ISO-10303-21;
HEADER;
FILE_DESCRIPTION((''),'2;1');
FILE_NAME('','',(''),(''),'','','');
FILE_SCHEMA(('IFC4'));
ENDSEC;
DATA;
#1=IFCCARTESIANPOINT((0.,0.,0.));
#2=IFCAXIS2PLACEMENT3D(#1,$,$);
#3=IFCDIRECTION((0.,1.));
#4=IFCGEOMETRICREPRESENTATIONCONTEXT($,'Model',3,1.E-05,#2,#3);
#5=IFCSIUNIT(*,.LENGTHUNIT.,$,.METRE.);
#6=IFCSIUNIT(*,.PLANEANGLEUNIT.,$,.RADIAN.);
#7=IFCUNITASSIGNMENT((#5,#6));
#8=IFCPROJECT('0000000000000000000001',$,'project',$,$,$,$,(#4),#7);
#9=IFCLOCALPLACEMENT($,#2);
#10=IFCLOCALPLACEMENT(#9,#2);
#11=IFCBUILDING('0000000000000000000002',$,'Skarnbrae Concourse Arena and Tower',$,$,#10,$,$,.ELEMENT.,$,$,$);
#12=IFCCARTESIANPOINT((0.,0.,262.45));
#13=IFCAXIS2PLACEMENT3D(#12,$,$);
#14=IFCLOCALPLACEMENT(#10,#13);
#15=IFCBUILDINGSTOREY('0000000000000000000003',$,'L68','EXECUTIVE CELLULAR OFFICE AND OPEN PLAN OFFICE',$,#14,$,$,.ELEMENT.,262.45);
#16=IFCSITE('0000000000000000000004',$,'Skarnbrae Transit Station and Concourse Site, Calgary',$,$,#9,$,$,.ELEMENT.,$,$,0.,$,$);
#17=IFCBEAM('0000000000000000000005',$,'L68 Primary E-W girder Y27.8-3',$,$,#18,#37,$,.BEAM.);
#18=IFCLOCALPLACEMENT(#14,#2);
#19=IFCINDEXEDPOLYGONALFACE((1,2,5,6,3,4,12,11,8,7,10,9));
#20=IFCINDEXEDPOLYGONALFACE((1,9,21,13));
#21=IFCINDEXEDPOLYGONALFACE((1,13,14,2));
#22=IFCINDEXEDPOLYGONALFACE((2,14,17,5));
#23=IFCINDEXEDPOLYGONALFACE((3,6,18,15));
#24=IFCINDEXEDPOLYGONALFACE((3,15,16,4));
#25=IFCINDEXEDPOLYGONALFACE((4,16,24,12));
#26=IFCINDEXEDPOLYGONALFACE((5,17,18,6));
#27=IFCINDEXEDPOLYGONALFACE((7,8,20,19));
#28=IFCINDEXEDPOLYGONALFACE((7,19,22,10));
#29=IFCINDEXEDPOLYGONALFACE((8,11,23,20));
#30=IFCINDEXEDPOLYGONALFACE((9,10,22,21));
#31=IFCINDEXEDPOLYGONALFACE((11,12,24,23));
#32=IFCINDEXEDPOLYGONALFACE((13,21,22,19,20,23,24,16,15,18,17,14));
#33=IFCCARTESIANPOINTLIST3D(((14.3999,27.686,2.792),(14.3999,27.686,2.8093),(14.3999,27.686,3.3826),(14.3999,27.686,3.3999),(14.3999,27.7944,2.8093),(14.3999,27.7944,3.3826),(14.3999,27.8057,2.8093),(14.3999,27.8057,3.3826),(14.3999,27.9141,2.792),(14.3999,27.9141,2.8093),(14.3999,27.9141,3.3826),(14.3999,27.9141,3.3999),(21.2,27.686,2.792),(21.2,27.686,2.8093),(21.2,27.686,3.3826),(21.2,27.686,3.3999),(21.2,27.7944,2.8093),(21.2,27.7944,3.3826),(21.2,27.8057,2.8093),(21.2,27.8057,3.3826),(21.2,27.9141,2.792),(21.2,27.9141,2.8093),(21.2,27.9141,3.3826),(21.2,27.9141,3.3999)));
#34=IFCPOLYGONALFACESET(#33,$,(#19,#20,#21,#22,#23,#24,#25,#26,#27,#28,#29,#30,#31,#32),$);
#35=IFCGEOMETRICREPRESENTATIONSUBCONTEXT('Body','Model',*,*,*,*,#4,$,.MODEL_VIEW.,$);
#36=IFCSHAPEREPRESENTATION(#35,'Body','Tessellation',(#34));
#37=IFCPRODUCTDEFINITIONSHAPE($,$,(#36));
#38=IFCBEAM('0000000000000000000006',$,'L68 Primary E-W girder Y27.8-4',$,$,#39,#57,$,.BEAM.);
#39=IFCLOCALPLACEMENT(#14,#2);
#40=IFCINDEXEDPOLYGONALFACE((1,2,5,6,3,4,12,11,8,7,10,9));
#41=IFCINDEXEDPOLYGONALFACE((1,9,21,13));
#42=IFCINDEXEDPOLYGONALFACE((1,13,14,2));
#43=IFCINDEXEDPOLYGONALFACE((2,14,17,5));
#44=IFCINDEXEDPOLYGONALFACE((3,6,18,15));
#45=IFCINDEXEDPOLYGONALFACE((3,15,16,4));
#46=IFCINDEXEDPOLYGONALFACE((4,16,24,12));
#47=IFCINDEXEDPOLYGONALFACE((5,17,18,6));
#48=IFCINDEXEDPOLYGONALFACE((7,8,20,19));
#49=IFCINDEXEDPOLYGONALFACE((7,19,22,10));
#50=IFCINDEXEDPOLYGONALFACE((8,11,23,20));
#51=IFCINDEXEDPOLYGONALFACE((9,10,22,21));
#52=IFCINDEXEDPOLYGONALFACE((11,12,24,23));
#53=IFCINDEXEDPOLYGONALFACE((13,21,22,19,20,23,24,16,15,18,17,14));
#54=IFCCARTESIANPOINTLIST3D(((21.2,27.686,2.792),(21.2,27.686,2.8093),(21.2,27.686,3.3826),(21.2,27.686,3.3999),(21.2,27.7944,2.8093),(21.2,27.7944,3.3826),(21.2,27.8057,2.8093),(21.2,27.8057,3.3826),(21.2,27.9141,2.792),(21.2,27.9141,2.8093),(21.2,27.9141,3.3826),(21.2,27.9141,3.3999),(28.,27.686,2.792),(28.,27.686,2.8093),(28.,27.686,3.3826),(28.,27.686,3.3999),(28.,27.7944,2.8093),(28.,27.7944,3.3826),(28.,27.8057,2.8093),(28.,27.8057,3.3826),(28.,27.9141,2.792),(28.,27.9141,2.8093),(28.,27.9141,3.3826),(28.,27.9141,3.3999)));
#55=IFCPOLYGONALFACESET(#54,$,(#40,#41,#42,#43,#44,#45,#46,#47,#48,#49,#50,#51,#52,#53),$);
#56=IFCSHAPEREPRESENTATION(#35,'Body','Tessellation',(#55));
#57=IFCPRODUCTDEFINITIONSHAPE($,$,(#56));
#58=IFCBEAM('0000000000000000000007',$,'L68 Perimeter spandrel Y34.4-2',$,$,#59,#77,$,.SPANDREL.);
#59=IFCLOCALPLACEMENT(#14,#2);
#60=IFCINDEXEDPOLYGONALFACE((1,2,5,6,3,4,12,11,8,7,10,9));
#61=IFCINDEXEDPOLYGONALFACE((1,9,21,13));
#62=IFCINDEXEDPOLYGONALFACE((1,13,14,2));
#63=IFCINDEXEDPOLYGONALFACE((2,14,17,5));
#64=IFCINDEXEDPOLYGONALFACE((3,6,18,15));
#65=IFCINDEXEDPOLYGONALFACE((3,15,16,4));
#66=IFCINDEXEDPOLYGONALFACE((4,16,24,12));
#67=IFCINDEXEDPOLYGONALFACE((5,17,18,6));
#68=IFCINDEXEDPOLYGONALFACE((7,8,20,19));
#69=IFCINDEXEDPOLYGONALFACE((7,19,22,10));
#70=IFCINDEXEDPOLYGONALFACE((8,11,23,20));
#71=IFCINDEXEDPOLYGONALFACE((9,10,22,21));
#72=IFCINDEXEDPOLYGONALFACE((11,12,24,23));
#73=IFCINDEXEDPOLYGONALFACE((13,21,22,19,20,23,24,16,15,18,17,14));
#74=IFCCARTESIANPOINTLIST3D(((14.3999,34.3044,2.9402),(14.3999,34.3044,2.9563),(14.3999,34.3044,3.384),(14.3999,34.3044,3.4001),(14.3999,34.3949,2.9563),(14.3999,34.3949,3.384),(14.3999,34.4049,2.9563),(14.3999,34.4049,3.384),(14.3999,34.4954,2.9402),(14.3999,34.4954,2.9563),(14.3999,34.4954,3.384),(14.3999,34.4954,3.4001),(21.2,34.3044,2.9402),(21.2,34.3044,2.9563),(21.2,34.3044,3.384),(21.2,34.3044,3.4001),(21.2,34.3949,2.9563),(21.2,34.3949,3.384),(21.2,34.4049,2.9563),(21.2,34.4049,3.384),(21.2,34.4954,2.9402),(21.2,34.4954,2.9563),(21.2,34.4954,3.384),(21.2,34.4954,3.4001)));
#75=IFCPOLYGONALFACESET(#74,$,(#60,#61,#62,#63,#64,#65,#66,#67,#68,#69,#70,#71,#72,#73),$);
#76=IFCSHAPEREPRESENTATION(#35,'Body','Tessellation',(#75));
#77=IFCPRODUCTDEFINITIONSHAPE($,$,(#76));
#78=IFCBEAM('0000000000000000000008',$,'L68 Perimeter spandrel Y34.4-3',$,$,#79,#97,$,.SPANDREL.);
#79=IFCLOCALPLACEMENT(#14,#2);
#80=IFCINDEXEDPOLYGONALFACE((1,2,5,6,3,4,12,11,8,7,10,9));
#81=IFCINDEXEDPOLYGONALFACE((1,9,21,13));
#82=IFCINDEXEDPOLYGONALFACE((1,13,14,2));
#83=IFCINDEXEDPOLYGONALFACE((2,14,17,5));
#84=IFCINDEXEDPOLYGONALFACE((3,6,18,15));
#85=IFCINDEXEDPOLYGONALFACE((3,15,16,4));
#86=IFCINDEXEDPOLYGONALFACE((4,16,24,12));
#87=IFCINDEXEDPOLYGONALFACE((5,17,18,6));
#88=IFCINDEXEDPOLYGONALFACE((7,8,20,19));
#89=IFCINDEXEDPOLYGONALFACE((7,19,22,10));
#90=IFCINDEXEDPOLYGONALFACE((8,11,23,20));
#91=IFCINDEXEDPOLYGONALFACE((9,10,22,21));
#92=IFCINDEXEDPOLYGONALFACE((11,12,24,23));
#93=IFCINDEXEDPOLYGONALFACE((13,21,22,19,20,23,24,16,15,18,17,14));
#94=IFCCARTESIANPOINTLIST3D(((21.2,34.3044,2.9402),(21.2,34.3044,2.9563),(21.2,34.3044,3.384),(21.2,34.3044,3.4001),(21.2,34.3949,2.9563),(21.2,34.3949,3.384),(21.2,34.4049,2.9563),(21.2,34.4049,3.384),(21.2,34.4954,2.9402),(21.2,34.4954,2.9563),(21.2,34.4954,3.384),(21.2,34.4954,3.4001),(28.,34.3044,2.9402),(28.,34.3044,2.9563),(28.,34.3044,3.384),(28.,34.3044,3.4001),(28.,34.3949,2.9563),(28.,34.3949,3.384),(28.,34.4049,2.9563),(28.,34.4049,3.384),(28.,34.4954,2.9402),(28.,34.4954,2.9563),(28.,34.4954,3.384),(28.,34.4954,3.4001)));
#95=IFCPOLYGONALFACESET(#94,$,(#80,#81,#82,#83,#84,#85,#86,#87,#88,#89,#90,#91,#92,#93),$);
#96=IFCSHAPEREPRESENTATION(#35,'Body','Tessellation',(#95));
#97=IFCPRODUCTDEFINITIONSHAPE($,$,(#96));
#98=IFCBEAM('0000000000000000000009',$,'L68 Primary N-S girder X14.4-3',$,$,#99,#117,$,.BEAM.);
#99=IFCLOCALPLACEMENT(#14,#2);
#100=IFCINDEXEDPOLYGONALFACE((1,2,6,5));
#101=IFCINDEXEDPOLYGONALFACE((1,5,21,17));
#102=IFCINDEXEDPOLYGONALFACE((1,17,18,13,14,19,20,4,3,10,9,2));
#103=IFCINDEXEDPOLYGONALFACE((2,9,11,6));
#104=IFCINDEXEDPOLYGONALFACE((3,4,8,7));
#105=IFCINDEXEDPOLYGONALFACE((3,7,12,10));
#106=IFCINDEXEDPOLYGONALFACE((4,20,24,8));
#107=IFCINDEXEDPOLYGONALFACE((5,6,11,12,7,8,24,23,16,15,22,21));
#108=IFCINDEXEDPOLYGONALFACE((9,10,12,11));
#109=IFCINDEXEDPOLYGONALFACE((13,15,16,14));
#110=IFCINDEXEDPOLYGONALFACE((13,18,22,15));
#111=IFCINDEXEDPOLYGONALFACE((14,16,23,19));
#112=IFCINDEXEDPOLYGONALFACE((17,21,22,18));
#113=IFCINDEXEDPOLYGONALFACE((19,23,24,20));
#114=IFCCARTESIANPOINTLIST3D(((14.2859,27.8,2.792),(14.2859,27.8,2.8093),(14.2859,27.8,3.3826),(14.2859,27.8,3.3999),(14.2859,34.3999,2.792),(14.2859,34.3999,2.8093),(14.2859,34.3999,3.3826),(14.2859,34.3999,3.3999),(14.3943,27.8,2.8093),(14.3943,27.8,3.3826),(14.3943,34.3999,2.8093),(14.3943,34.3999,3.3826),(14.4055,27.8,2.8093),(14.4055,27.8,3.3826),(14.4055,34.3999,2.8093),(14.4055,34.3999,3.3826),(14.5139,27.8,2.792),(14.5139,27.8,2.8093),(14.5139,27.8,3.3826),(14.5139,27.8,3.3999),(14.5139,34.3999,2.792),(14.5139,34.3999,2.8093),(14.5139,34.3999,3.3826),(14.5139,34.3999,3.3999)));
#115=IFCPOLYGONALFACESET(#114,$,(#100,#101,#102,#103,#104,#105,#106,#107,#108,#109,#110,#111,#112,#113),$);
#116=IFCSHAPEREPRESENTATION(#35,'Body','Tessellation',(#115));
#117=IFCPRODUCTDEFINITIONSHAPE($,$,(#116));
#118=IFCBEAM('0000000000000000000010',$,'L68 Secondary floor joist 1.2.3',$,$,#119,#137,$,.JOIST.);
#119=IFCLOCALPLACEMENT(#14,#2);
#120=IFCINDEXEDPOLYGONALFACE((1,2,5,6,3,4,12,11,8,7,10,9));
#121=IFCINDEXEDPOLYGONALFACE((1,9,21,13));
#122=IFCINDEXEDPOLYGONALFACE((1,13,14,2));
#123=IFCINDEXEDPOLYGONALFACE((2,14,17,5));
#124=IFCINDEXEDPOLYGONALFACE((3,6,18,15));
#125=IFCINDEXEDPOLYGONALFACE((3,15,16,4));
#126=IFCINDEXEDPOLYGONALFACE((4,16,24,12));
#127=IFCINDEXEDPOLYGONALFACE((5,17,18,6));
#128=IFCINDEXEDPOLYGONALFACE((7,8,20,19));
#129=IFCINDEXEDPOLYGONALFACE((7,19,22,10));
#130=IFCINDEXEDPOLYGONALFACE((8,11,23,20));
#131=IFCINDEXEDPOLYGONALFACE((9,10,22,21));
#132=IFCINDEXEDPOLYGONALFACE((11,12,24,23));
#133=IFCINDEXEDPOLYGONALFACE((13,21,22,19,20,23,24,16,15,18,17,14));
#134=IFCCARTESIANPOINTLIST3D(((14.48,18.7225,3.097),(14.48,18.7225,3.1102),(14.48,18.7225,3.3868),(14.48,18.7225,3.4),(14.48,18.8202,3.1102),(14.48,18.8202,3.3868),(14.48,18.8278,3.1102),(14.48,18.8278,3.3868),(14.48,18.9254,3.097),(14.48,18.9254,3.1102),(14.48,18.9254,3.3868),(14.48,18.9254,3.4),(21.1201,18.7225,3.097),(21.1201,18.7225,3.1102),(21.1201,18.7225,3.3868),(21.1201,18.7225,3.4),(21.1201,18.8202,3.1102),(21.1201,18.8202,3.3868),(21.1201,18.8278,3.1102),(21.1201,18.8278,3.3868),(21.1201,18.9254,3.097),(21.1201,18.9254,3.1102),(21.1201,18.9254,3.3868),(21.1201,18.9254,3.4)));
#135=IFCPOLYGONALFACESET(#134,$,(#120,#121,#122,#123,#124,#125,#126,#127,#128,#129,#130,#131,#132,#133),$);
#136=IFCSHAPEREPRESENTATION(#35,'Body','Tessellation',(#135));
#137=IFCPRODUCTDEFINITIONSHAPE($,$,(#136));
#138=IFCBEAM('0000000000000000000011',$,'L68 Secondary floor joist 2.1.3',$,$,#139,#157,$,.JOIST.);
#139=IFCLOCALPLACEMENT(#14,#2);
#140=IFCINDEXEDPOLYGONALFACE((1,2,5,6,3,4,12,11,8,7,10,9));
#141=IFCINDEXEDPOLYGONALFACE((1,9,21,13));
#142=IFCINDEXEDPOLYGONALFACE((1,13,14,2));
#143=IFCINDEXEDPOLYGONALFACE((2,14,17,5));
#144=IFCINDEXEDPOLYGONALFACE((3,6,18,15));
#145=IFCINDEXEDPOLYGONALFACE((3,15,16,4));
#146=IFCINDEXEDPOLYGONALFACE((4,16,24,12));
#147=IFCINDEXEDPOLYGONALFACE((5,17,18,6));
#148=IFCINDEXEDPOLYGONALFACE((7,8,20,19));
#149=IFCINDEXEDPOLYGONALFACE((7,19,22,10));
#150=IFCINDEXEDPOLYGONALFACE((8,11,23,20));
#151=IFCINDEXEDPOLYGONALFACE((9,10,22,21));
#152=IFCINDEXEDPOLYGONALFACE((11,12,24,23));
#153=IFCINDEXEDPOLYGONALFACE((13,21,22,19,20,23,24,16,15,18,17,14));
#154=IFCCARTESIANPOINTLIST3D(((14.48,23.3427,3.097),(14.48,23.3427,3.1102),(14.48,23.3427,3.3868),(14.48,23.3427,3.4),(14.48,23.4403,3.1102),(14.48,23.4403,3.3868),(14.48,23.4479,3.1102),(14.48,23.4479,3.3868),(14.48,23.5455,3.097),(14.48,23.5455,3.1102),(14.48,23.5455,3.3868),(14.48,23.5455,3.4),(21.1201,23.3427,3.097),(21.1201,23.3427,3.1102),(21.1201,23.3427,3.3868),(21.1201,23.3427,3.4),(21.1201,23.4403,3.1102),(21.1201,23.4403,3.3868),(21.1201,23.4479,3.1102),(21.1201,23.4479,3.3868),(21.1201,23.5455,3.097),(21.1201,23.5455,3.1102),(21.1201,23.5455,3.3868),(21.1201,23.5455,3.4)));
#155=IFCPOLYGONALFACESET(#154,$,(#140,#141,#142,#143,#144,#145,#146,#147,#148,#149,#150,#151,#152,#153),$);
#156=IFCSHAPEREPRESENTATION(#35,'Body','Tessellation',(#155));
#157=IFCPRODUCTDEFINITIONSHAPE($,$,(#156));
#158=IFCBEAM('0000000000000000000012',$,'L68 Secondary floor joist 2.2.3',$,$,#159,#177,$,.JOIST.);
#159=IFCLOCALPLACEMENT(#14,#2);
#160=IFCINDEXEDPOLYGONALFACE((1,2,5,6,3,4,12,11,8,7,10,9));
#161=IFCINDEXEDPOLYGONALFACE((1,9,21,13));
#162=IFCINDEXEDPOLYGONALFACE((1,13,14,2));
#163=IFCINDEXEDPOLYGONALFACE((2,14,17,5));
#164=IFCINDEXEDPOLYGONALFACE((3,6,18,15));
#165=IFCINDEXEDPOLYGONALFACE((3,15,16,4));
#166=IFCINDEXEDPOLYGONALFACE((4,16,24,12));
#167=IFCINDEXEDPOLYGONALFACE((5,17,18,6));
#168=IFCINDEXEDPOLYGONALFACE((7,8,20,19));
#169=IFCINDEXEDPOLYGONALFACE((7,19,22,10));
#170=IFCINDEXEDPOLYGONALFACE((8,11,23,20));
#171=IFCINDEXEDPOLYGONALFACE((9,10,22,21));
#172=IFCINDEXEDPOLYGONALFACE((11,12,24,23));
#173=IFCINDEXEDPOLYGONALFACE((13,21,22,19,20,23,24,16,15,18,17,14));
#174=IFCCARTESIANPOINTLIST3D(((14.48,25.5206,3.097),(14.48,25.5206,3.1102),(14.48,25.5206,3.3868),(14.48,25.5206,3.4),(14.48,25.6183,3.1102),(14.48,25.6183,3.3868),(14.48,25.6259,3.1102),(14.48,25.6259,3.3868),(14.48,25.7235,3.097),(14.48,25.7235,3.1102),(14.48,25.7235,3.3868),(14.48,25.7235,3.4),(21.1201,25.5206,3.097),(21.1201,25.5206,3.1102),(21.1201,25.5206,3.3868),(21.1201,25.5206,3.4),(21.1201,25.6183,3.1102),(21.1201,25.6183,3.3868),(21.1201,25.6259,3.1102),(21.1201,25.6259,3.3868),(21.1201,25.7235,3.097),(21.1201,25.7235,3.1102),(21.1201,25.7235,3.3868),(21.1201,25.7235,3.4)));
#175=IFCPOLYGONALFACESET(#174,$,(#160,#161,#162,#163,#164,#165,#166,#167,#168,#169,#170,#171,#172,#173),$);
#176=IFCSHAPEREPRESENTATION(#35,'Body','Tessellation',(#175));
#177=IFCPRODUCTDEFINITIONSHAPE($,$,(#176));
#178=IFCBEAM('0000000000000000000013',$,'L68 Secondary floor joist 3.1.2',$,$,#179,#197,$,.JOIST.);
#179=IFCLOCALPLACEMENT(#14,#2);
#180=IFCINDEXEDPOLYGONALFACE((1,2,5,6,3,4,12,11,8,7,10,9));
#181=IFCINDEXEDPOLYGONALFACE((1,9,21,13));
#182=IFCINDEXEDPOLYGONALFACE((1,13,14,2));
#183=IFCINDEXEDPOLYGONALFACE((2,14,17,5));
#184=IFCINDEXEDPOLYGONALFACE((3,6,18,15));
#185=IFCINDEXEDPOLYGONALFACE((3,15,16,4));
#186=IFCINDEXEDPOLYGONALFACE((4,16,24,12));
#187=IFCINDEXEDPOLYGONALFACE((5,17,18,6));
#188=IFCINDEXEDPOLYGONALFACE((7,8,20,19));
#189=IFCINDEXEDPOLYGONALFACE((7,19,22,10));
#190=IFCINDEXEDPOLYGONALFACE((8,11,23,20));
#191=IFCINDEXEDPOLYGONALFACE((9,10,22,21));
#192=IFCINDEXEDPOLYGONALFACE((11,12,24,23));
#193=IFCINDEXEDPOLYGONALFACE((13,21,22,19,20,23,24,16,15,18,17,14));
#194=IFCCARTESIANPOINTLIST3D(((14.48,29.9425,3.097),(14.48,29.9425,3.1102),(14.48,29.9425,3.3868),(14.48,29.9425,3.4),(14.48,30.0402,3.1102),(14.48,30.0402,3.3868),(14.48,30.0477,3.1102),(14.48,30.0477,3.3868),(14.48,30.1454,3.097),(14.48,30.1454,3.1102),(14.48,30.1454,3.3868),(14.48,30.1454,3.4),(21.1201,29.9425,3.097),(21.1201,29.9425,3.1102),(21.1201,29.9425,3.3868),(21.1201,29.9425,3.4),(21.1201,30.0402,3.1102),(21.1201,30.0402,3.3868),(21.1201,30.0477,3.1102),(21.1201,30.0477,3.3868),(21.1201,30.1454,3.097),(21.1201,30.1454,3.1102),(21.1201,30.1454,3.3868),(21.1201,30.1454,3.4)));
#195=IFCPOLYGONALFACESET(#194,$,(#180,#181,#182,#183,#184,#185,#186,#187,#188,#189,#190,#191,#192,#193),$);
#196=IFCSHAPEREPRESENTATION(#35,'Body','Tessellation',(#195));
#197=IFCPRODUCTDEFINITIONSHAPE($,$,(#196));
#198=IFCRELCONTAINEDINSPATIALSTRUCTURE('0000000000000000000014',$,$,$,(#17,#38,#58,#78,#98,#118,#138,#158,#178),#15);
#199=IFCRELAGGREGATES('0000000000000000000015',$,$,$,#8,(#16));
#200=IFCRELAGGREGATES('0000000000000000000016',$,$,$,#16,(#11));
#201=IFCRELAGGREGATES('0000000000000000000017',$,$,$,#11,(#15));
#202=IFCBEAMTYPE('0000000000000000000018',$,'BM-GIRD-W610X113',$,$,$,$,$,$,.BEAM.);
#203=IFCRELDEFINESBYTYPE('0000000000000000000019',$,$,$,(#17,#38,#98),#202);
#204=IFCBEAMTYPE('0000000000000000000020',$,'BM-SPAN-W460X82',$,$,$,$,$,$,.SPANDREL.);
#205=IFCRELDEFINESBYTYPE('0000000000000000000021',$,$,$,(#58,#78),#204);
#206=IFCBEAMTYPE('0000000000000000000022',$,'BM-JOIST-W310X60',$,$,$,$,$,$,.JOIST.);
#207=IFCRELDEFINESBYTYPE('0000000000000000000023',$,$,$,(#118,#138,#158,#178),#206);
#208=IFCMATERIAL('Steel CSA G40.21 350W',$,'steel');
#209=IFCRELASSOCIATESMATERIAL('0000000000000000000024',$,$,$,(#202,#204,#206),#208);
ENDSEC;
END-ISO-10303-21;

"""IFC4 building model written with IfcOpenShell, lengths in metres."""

from ifc_helpers import new_model, si_unit, direction, frame, origin, origin_2d, place, context, subcontext, project, spatial, i_section, extrude, source, transform, mapped, material, material_profile, profile_set, type_object, element, save


model = new_model("IFC4")

# Units and contexts
model_context = context("Model", 3, precision=1e-05, world=origin(), true_north=direction((0.0, 1.0)))
body_context = subcontext(model_context, "Body", "Model", "MODEL_VIEW")
ifc_project = project(units=[si_unit("LENGTHUNIT", "METRE"), si_unit("PLANEANGLEUNIT", "RADIAN")], contexts=[model_context])

# Site, building, storey
site_placement = place(None, origin())
site = spatial("IfcSite", under=ifc_project, at=site_placement, Name="Skarnbrae Transit Station and Concourse Site, Calgary", CompositionType="ELEMENT", RefElevation=0.0)
building_placement = place(site_placement, origin())
building = spatial("IfcBuilding", under=site, at=building_placement, Name="Skarnbrae Concourse Arena and Tower", CompositionType="ELEMENT")
storey_placement = place(building_placement, frame((0.0, 0.0, 262.45)))
storey = spatial("IfcBuildingStorey", under=building, at=storey_placement, Name="L68", Description="EXECUTIVE CELLULAR OFFICE AND OPEN PLAN OFFICE", CompositionType="ELEMENT", Elevation=262.45)

# Shared definitions
ifc_material_1 = material(Name="Steel CSA G40.21 350W", Category="steel")

# Beams
ifc_material_profile_1 = material_profile(ifc_material_1, i_section(OverallWidth=0.228, OverallDepth=0.6079, WebThickness=0.0112, FlangeThickness=0.0173, at=origin_2d()), Name="W610X113")
ifc_profile_set_1 = profile_set([ifc_material_profile_1], Name="Steel CSA G40.21 350W")
beam_type_1 = type_object("IfcBeamType", Name="BM-GIRD-W610X113", PredefinedType="BEAM", material=ifc_profile_set_1)
shared_shape_1 = source(origin(), body_context, "Body", "SweptSolid", [
    extrude(i_section(OverallWidth=0.228, OverallDepth=0.6079, WebThickness=0.0112, FlangeThickness=0.0173, at=origin_2d()), origin(), (0.0, 0.0, 1.0), 6.8),
])
for number, where, z_axis, x_axis, name in (
    (1, (14.3999, 27.8, 3.0959), (1.0, 0.0, 0.0), (0.0, 1.0, 0.0), "L68 Primary E-W girder Y27.8-3"),
    (2, (21.2, 27.8, 3.0959), (1.0, 0.0, 0.0), (0.0, 1.0, 0.0), "L68 Primary E-W girder Y27.8-4"),
):
    element("IfcBeam", number, at=place(storey_placement, frame(where, z_axis=z_axis, x_axis=x_axis)), inside=storey, type_object=beam_type_1, Name=name, PredefinedType="BEAM", context=body_context, shape_type="MappedRepresentation", body=[
        mapped(shared_shape_1, transform((0.0, 0.0, 0.0))),
    ])
ifc_material_profile_2 = material_profile(ifc_material_1, i_section(OverallWidth=0.1909, OverallDepth=0.46, WebThickness=0.01, FlangeThickness=0.0161, at=origin_2d()), Name="W460X82")
ifc_profile_set_2 = profile_set([ifc_material_profile_2], Name="Steel CSA G40.21 350W")
beam_type_2 = type_object("IfcBeamType", Name="BM-SPAN-W460X82", PredefinedType="SPANDREL", material=ifc_profile_set_2)
shared_shape_2 = source(origin(), body_context, "Body", "SweptSolid", [
    extrude(i_section(OverallWidth=0.1909, OverallDepth=0.46, WebThickness=0.01, FlangeThickness=0.0161, at=origin_2d()), origin(), (0.0, 0.0, 1.0), 6.8),
])
for number, where, z_axis, x_axis, name in (
    (3, (14.3999, 34.3999, 3.1702), (1.0, 0.0, 0.0), (0.0, 1.0, 0.0), "L68 Perimeter spandrel Y34.4-2"),
    (4, (21.2, 34.3999, 3.1702), (1.0, 0.0, 0.0), (0.0, 1.0, 0.0), "L68 Perimeter spandrel Y34.4-3"),
):
    element("IfcBeam", number, at=place(storey_placement, frame(where, z_axis=z_axis, x_axis=x_axis)), inside=storey, type_object=beam_type_2, Name=name, PredefinedType="SPANDREL", context=body_context, shape_type="MappedRepresentation", body=[
        mapped(shared_shape_2, transform((0.0, 0.0, 0.0))),
    ])
shared_shape_3 = source(origin(), body_context, "Body", "SweptSolid", [
    extrude(i_section(OverallWidth=0.228, OverallDepth=0.6079, WebThickness=0.0112, FlangeThickness=0.0173, at=origin_2d()), origin(), (0.0, 0.0, 1.0), 6.5999),
])
beam_1_placement = place(storey_placement, frame((14.3999, 27.8, 3.0959), z_axis=(0.0, 1.0, 0.0), x_axis=(-1.0, 0.0, 0.0)))
element("IfcBeam", 5, at=beam_1_placement, inside=storey, type_object=beam_type_1, Name="L68 Primary N-S girder X14.4-3", PredefinedType="BEAM", context=body_context, shape_type="MappedRepresentation", body=[
    mapped(shared_shape_3, transform((0.0, 0.0, 0.0))),
])
ifc_material_profile_3 = material_profile(ifc_material_1, i_section(OverallWidth=0.2029, OverallDepth=0.303, WebThickness=0.0076, FlangeThickness=0.0132, at=origin_2d()), Name="W310X60")
ifc_profile_set_3 = profile_set([ifc_material_profile_3], Name="Steel CSA G40.21 350W")
beam_type_3 = type_object("IfcBeamType", Name="BM-JOIST-W310X60", PredefinedType="JOIST", material=ifc_profile_set_3)
shared_shape_4 = source(origin(), body_context, "Body", "SweptSolid", [
    extrude(i_section(OverallWidth=0.2029, OverallDepth=0.303, WebThickness=0.0076, FlangeThickness=0.0132, at=origin_2d()), origin(), (0.0, 0.0, 1.0), 6.6401),
])
for number, where, z_axis, x_axis, name in (
    (6, (14.48, 18.824, 3.2485), (1.0, 0.0, 0.0), (0.0, 1.0, 0.0), "L68 Secondary floor joist 1.2.3"),
    (7, (14.48, 23.4441, 3.2485), (1.0, 0.0, 0.0), (0.0, 1.0, 0.0), "L68 Secondary floor joist 2.1.3"),
    (8, (14.48, 25.6221, 3.2485), (1.0, 0.0, 0.0), (0.0, 1.0, 0.0), "L68 Secondary floor joist 2.2.3"),
    (9, (14.48, 30.0439, 3.2485), (1.0, 0.0, 0.0), (0.0, 1.0, 0.0), "L68 Secondary floor joist 3.1.2"),
):
    element("IfcBeam", number, at=place(storey_placement, frame(where, z_axis=z_axis, x_axis=x_axis)), inside=storey, type_object=beam_type_3, Name=name, PredefinedType="JOIST", context=body_context, shape_type="MappedRepresentation", body=[
        mapped(shared_shape_4, transform((0.0, 0.0, 0.0))),
    ])

save(model, "model.ifc")
